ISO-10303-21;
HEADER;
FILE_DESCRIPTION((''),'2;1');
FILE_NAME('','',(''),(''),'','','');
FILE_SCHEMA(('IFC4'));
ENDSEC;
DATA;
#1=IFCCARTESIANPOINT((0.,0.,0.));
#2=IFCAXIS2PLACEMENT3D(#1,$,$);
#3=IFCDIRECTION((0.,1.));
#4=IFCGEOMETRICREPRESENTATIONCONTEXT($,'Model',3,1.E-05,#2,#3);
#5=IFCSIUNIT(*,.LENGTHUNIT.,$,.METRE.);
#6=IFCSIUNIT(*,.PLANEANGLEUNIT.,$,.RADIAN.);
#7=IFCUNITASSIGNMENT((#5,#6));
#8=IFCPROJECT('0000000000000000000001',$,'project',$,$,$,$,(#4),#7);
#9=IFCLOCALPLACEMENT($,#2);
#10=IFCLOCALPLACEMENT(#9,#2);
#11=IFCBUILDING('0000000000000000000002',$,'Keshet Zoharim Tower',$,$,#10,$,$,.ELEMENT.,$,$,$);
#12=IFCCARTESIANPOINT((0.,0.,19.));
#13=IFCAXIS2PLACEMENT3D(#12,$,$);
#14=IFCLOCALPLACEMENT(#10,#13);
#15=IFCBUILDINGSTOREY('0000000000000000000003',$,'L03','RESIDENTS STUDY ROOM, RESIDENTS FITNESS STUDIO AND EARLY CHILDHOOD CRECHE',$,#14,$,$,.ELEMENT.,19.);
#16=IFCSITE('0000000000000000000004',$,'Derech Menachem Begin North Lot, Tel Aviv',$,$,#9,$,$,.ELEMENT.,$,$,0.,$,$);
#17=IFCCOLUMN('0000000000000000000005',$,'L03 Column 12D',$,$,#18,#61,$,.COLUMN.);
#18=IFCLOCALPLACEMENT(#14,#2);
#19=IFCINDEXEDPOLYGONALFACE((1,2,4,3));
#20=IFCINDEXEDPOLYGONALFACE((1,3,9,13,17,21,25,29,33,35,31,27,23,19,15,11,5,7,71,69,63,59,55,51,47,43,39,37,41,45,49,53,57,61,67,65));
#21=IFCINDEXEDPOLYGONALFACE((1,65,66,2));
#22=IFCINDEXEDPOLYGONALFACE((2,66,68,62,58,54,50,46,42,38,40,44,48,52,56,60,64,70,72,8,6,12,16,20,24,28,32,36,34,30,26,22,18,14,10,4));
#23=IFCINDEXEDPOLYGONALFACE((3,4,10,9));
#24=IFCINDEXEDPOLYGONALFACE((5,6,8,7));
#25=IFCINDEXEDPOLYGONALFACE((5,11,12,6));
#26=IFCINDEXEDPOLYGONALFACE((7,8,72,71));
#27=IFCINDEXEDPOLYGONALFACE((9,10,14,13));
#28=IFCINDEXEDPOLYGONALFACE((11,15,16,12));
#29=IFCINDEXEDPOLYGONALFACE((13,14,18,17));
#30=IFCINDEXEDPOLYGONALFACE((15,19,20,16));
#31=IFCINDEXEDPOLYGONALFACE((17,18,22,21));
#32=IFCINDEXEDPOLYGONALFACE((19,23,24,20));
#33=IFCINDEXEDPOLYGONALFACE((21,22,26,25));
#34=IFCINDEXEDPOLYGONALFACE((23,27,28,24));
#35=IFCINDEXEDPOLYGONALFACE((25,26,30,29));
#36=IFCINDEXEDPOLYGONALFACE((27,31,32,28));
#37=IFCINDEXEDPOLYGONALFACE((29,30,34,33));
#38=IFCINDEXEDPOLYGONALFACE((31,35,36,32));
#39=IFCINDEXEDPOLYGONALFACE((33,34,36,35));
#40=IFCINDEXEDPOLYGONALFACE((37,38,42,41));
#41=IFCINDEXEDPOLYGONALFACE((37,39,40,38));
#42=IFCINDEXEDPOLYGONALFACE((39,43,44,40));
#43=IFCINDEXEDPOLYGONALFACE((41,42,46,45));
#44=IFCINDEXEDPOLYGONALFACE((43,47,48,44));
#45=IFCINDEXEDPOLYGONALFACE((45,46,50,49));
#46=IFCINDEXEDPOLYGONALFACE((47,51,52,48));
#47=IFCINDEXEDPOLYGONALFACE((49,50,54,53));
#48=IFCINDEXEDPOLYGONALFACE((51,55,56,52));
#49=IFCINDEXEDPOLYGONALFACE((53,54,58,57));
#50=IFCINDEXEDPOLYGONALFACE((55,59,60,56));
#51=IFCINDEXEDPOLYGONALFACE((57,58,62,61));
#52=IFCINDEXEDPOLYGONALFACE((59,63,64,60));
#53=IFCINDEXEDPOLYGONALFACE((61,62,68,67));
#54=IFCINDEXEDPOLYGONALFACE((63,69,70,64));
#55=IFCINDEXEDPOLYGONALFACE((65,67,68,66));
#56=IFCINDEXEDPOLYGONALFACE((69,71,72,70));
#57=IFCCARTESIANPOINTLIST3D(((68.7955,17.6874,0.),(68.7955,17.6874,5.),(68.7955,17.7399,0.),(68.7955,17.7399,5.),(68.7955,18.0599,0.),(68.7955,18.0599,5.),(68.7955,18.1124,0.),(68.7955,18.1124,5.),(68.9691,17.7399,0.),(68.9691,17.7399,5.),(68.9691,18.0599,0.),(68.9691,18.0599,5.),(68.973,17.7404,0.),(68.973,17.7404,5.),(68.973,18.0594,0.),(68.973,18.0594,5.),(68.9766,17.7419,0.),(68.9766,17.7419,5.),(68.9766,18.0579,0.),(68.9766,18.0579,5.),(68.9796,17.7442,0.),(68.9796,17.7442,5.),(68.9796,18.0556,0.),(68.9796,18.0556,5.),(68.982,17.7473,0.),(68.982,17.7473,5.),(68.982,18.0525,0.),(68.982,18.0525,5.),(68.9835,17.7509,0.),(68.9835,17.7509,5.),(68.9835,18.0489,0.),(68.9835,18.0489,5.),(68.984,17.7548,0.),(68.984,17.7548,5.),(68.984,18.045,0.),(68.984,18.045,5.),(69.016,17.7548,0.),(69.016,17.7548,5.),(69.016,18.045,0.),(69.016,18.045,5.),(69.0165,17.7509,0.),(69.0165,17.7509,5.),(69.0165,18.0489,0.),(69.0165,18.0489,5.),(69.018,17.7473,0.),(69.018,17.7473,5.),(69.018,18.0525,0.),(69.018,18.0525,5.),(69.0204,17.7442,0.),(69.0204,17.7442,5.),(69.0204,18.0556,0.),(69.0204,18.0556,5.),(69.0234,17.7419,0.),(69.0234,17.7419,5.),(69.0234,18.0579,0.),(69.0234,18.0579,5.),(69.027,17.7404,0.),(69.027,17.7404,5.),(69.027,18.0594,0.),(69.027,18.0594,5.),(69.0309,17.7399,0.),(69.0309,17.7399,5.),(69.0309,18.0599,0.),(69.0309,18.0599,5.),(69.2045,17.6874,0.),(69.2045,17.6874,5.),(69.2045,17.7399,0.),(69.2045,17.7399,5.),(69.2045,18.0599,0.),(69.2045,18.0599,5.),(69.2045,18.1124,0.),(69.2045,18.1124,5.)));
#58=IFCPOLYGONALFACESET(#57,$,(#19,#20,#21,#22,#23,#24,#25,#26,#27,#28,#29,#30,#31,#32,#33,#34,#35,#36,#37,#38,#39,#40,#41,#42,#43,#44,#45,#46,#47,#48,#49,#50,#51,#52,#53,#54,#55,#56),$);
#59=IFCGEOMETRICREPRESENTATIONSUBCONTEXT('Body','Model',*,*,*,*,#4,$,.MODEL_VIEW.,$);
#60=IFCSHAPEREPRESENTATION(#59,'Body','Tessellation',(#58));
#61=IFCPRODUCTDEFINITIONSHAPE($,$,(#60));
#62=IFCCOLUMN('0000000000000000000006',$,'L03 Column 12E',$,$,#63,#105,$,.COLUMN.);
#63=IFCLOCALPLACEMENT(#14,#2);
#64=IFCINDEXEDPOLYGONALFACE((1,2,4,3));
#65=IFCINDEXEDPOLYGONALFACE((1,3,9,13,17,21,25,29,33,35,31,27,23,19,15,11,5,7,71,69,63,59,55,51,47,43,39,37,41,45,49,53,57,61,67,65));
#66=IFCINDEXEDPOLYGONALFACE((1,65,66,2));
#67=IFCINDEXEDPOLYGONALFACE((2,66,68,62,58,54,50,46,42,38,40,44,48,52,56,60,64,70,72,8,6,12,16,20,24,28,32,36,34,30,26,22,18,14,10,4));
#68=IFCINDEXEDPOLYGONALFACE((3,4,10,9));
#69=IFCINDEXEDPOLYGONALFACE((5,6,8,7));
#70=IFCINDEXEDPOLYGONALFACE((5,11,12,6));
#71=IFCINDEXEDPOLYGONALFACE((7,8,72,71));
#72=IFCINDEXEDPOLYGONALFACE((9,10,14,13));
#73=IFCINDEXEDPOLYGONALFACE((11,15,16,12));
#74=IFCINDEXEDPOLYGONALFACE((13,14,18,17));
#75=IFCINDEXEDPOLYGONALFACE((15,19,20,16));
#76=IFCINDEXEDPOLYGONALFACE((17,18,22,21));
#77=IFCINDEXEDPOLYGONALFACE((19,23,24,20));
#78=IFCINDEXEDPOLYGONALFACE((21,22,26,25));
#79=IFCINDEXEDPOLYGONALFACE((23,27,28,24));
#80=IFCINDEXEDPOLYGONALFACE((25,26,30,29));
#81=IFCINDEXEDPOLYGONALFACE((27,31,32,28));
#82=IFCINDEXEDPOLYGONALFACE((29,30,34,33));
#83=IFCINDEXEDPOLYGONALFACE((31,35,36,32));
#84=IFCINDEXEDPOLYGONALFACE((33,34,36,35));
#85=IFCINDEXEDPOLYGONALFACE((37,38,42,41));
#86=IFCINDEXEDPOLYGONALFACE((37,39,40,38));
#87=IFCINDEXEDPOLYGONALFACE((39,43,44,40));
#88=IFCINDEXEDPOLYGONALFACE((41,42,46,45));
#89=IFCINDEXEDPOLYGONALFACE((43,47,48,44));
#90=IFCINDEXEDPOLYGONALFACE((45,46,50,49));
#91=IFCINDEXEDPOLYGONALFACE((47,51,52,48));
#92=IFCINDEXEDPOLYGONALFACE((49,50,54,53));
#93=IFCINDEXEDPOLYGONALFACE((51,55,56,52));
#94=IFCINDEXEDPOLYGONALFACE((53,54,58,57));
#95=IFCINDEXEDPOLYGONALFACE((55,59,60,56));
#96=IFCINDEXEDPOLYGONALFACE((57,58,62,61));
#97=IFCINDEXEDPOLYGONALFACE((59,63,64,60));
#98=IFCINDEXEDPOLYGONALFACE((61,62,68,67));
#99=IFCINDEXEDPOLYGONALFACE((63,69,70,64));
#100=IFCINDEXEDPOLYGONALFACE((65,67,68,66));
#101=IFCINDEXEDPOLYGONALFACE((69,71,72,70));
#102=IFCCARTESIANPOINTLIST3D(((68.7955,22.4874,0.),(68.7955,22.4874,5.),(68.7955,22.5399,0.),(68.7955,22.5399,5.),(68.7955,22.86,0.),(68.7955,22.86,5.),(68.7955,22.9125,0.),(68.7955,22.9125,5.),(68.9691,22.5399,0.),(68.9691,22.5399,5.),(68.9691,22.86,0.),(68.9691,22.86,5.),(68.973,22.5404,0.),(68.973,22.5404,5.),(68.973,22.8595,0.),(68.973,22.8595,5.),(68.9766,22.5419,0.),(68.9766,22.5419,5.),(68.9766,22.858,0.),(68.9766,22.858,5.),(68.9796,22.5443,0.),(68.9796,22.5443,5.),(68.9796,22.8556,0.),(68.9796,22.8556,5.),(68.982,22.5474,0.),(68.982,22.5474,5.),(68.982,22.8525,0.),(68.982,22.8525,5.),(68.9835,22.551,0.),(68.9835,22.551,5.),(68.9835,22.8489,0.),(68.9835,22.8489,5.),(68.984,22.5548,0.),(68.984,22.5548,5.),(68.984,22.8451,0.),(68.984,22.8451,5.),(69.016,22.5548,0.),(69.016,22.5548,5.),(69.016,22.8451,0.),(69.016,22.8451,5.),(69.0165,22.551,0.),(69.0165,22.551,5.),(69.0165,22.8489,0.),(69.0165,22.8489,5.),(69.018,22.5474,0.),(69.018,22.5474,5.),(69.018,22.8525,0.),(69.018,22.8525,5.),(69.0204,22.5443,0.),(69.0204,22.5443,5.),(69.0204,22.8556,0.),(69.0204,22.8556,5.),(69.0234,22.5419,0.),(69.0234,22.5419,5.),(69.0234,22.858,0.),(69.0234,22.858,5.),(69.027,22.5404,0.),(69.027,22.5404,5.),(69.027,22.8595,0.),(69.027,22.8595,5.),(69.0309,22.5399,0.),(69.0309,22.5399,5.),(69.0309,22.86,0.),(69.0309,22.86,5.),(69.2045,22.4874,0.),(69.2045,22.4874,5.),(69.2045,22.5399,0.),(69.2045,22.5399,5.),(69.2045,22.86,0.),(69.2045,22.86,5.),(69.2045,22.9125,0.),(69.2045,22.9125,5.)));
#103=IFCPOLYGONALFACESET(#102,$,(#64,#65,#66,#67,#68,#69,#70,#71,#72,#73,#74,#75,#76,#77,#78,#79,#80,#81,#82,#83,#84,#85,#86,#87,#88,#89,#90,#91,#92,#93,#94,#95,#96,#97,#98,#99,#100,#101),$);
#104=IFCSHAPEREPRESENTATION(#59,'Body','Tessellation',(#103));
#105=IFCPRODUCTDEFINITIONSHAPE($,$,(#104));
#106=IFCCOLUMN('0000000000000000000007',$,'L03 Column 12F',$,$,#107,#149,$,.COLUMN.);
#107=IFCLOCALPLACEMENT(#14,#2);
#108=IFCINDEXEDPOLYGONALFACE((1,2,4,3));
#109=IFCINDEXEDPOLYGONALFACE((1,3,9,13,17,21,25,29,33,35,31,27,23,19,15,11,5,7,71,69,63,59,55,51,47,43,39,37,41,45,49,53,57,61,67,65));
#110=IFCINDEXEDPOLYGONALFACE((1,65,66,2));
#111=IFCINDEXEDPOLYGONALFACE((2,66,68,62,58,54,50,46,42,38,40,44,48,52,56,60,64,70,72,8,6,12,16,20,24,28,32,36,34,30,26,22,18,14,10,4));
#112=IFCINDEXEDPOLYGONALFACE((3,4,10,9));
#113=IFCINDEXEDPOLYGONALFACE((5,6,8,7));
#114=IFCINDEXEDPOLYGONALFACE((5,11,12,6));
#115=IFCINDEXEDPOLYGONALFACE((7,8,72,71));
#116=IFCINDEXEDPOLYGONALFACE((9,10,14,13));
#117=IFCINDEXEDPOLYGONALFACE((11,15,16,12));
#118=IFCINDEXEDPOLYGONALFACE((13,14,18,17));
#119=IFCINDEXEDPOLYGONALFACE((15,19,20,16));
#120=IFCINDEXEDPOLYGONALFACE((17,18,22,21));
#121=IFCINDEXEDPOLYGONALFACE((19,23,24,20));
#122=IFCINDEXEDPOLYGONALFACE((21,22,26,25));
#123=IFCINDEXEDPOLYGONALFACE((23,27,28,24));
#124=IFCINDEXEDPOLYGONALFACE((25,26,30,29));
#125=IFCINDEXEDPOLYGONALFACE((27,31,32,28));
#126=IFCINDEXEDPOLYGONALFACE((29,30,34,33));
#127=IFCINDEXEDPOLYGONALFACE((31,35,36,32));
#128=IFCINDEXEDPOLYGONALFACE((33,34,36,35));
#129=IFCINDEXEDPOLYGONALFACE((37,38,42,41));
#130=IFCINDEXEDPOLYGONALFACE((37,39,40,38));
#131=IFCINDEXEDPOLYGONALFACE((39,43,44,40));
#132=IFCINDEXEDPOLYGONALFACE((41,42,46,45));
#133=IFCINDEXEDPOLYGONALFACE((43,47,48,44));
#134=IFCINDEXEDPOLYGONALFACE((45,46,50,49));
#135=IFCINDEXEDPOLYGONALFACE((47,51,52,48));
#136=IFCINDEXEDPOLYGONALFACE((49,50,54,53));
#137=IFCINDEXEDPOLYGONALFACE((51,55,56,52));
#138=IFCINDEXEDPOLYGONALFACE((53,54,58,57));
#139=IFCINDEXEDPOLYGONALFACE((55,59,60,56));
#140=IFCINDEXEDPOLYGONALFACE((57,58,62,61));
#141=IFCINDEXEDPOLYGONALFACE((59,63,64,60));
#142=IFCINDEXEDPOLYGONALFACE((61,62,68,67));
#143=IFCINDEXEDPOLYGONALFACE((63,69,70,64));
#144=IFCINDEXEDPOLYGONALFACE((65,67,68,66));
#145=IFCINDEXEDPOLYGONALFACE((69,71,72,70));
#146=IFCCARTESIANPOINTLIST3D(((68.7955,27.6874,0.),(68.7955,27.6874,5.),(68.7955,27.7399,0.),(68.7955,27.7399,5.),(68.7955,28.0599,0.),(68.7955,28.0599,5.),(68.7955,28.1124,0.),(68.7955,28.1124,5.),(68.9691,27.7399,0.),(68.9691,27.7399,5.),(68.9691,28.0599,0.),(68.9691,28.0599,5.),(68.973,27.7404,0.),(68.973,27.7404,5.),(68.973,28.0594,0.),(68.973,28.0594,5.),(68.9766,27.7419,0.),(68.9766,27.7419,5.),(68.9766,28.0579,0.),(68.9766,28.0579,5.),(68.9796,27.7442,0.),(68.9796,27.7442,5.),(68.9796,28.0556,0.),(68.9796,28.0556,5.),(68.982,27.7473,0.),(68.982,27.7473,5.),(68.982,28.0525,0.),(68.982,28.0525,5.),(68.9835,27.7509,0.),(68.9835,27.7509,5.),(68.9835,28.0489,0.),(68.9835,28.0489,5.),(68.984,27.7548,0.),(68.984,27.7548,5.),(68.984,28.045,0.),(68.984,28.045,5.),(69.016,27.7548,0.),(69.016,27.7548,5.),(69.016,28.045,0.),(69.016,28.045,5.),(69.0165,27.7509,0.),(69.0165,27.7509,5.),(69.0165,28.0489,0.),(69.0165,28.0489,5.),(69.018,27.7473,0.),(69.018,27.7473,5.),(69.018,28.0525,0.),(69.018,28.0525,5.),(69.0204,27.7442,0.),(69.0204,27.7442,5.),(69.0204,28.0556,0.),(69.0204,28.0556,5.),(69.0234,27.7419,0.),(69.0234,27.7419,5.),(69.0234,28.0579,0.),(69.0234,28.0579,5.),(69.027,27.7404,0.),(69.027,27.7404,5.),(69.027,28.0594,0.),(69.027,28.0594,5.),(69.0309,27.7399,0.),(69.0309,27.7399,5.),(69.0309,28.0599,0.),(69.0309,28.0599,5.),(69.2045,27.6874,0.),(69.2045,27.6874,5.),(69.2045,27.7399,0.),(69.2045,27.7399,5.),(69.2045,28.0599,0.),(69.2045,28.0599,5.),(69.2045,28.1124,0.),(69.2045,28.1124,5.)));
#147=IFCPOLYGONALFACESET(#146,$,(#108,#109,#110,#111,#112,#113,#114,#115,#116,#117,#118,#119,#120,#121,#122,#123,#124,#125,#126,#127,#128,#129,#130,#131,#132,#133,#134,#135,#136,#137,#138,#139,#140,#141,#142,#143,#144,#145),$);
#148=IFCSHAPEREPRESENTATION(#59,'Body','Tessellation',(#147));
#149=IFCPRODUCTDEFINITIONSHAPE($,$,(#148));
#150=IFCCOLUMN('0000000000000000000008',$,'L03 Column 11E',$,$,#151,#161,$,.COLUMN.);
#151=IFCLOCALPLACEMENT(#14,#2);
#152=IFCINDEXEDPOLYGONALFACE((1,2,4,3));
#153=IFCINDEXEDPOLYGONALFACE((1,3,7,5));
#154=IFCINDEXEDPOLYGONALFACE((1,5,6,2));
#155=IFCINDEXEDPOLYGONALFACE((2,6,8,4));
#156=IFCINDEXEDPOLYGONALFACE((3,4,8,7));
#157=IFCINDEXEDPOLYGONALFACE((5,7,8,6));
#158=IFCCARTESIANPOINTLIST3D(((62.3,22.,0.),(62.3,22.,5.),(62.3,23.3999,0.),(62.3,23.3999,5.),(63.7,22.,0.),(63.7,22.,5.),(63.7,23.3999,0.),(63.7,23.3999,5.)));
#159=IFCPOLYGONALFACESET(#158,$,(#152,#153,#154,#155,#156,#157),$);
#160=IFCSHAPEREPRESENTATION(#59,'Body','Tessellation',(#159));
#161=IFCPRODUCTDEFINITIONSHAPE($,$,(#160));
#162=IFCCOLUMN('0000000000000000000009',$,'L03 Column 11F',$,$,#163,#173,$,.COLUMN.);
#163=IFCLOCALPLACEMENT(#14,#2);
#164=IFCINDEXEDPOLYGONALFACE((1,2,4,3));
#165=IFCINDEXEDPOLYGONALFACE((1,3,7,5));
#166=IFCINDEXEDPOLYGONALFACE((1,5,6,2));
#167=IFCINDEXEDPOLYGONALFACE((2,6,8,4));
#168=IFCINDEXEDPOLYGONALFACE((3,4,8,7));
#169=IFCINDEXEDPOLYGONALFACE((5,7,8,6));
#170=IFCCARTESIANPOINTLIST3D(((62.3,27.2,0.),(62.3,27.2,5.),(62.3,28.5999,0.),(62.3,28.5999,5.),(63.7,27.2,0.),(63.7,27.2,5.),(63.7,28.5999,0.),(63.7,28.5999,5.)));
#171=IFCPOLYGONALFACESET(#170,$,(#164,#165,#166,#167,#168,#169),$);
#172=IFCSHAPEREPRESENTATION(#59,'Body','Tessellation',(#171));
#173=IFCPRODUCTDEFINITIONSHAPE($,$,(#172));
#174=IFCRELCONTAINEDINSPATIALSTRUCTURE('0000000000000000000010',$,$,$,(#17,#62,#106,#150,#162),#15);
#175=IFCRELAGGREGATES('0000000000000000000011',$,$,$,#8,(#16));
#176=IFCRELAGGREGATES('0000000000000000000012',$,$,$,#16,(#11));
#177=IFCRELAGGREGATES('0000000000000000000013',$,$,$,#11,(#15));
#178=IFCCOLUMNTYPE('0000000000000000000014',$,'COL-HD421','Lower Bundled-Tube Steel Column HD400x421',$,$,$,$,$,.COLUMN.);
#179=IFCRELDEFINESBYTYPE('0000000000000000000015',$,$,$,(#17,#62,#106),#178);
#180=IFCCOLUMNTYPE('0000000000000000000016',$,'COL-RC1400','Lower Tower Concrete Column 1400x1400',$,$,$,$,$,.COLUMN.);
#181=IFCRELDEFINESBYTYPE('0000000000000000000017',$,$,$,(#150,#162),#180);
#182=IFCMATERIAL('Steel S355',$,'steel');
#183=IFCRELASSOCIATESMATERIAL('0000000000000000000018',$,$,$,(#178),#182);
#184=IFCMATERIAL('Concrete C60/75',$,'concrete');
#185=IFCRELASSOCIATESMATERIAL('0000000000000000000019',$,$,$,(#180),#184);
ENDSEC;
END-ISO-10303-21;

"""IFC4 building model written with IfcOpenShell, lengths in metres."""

from ifc_helpers import new_model, si_unit, direction, frame, origin, origin_2d, place, context, subcontext, project, spatial, rectangle, i_section, extrude, material, material_profile, profile_set, type_object, element, save


model = new_model("IFC4")

# Units and contexts
model_context = context("Model", 3, precision=1e-05, world=origin(), true_north=direction((0.0, 1.0)))
body_context = subcontext(model_context, "Body", "Model", "MODEL_VIEW")
ifc_project = project(units=[si_unit("LENGTHUNIT", "METRE"), si_unit("PLANEANGLEUNIT", "RADIAN")], contexts=[model_context])

# Site, building, storey
site_placement = place(None, origin())
site = spatial("IfcSite", under=ifc_project, at=site_placement, Name="Derech Menachem Begin North Lot, Tel Aviv", CompositionType="ELEMENT", RefElevation=0.0)
building_placement = place(site_placement, origin())
building = spatial("IfcBuilding", under=site, at=building_placement, Name="Keshet Zoharim Tower", CompositionType="ELEMENT")
storey_placement = place(building_placement, frame((0.0, 0.0, 19.0)))
storey = spatial("IfcBuildingStorey", under=building, at=storey_placement, Name="L03", Description="RESIDENTS STUDY ROOM, RESIDENTS FITNESS STUDIO AND EARLY CHILDHOOD CRECHE", CompositionType="ELEMENT", Elevation=19.0)

# Columns
ifc_material_1 = material(Name="Steel S355", Category="steel")
ifc_material_profile_1 = material_profile(ifc_material_1, i_section(OverallWidth=0.4089, OverallDepth=0.425, WebThickness=0.032, FlangeThickness=0.0525, FilletRadius=0.0149, at=origin_2d()), Name="HD400x421")
ifc_profile_set_1 = profile_set([ifc_material_profile_1], Name="Steel S355")
column_type_1 = type_object("IfcColumnType", Name="COL-HD421", Description="Lower Bundled-Tube Steel Column HD400x421", PredefinedType="COLUMN", material=ifc_profile_set_1)
for number, where, z_axis, x_axis, name in (
    (1, (69.0, 17.8999, 0.0), (0.0, 0.0, 1.0), (1.0, 0.0, 0.0), "L03 Column 12D"),
    (2, (69.0, 22.7, 0.0), (0.0, 0.0, 1.0), (1.0, 0.0, 0.0), "L03 Column 12E"),
    (3, (69.0, 27.8999, 0.0), (0.0, 0.0, 1.0), (1.0, 0.0, 0.0), "L03 Column 12F"),
):
    element("IfcColumn", number, at=place(storey_placement, frame(where, z_axis=z_axis, x_axis=x_axis)), inside=storey, type_object=column_type_1, Name=name, PredefinedType="COLUMN", context=body_context, shape_type="SweptSolid", body=[
        extrude(i_section(OverallWidth=0.4089, OverallDepth=0.425, WebThickness=0.032, FlangeThickness=0.0525, FilletRadius=0.0149, at=origin_2d()), origin(), (0.0, 0.0, 1.0), 5.0),
    ])
ifc_material_2 = material(Name="Concrete C60/75", Category="concrete")
ifc_material_profile_2 = material_profile(ifc_material_2, rectangle(XDim=1.3999, YDim=1.3999, at=origin_2d()), Name="RC1400x1400")
ifc_profile_set_2 = profile_set([ifc_material_profile_2], Name="Concrete C60/75")
column_type_2 = type_object("IfcColumnType", Name="COL-RC1400", Description="Lower Tower Concrete Column 1400x1400", PredefinedType="COLUMN", material=ifc_profile_set_2)
for number, where, z_axis, x_axis, name in (
    (4, (63.0, 22.7, 0.0), (0.0, 0.0, 1.0), (1.0, 0.0, 0.0), "L03 Column 11E"),
    (5, (63.0, 27.8999, 0.0), (0.0, 0.0, 1.0), (1.0, 0.0, 0.0), "L03 Column 11F"),
):
    element("IfcColumn", number, at=place(storey_placement, frame(where, z_axis=z_axis, x_axis=x_axis)), inside=storey, type_object=column_type_2, Name=name, PredefinedType="COLUMN", context=body_context, shape_type="SweptSolid", body=[
        extrude(rectangle(XDim=1.3999, YDim=1.3999, at=origin_2d()), origin(), (0.0, 0.0, 1.0), 5.0),
    ])

save(model, "model.ifc")
